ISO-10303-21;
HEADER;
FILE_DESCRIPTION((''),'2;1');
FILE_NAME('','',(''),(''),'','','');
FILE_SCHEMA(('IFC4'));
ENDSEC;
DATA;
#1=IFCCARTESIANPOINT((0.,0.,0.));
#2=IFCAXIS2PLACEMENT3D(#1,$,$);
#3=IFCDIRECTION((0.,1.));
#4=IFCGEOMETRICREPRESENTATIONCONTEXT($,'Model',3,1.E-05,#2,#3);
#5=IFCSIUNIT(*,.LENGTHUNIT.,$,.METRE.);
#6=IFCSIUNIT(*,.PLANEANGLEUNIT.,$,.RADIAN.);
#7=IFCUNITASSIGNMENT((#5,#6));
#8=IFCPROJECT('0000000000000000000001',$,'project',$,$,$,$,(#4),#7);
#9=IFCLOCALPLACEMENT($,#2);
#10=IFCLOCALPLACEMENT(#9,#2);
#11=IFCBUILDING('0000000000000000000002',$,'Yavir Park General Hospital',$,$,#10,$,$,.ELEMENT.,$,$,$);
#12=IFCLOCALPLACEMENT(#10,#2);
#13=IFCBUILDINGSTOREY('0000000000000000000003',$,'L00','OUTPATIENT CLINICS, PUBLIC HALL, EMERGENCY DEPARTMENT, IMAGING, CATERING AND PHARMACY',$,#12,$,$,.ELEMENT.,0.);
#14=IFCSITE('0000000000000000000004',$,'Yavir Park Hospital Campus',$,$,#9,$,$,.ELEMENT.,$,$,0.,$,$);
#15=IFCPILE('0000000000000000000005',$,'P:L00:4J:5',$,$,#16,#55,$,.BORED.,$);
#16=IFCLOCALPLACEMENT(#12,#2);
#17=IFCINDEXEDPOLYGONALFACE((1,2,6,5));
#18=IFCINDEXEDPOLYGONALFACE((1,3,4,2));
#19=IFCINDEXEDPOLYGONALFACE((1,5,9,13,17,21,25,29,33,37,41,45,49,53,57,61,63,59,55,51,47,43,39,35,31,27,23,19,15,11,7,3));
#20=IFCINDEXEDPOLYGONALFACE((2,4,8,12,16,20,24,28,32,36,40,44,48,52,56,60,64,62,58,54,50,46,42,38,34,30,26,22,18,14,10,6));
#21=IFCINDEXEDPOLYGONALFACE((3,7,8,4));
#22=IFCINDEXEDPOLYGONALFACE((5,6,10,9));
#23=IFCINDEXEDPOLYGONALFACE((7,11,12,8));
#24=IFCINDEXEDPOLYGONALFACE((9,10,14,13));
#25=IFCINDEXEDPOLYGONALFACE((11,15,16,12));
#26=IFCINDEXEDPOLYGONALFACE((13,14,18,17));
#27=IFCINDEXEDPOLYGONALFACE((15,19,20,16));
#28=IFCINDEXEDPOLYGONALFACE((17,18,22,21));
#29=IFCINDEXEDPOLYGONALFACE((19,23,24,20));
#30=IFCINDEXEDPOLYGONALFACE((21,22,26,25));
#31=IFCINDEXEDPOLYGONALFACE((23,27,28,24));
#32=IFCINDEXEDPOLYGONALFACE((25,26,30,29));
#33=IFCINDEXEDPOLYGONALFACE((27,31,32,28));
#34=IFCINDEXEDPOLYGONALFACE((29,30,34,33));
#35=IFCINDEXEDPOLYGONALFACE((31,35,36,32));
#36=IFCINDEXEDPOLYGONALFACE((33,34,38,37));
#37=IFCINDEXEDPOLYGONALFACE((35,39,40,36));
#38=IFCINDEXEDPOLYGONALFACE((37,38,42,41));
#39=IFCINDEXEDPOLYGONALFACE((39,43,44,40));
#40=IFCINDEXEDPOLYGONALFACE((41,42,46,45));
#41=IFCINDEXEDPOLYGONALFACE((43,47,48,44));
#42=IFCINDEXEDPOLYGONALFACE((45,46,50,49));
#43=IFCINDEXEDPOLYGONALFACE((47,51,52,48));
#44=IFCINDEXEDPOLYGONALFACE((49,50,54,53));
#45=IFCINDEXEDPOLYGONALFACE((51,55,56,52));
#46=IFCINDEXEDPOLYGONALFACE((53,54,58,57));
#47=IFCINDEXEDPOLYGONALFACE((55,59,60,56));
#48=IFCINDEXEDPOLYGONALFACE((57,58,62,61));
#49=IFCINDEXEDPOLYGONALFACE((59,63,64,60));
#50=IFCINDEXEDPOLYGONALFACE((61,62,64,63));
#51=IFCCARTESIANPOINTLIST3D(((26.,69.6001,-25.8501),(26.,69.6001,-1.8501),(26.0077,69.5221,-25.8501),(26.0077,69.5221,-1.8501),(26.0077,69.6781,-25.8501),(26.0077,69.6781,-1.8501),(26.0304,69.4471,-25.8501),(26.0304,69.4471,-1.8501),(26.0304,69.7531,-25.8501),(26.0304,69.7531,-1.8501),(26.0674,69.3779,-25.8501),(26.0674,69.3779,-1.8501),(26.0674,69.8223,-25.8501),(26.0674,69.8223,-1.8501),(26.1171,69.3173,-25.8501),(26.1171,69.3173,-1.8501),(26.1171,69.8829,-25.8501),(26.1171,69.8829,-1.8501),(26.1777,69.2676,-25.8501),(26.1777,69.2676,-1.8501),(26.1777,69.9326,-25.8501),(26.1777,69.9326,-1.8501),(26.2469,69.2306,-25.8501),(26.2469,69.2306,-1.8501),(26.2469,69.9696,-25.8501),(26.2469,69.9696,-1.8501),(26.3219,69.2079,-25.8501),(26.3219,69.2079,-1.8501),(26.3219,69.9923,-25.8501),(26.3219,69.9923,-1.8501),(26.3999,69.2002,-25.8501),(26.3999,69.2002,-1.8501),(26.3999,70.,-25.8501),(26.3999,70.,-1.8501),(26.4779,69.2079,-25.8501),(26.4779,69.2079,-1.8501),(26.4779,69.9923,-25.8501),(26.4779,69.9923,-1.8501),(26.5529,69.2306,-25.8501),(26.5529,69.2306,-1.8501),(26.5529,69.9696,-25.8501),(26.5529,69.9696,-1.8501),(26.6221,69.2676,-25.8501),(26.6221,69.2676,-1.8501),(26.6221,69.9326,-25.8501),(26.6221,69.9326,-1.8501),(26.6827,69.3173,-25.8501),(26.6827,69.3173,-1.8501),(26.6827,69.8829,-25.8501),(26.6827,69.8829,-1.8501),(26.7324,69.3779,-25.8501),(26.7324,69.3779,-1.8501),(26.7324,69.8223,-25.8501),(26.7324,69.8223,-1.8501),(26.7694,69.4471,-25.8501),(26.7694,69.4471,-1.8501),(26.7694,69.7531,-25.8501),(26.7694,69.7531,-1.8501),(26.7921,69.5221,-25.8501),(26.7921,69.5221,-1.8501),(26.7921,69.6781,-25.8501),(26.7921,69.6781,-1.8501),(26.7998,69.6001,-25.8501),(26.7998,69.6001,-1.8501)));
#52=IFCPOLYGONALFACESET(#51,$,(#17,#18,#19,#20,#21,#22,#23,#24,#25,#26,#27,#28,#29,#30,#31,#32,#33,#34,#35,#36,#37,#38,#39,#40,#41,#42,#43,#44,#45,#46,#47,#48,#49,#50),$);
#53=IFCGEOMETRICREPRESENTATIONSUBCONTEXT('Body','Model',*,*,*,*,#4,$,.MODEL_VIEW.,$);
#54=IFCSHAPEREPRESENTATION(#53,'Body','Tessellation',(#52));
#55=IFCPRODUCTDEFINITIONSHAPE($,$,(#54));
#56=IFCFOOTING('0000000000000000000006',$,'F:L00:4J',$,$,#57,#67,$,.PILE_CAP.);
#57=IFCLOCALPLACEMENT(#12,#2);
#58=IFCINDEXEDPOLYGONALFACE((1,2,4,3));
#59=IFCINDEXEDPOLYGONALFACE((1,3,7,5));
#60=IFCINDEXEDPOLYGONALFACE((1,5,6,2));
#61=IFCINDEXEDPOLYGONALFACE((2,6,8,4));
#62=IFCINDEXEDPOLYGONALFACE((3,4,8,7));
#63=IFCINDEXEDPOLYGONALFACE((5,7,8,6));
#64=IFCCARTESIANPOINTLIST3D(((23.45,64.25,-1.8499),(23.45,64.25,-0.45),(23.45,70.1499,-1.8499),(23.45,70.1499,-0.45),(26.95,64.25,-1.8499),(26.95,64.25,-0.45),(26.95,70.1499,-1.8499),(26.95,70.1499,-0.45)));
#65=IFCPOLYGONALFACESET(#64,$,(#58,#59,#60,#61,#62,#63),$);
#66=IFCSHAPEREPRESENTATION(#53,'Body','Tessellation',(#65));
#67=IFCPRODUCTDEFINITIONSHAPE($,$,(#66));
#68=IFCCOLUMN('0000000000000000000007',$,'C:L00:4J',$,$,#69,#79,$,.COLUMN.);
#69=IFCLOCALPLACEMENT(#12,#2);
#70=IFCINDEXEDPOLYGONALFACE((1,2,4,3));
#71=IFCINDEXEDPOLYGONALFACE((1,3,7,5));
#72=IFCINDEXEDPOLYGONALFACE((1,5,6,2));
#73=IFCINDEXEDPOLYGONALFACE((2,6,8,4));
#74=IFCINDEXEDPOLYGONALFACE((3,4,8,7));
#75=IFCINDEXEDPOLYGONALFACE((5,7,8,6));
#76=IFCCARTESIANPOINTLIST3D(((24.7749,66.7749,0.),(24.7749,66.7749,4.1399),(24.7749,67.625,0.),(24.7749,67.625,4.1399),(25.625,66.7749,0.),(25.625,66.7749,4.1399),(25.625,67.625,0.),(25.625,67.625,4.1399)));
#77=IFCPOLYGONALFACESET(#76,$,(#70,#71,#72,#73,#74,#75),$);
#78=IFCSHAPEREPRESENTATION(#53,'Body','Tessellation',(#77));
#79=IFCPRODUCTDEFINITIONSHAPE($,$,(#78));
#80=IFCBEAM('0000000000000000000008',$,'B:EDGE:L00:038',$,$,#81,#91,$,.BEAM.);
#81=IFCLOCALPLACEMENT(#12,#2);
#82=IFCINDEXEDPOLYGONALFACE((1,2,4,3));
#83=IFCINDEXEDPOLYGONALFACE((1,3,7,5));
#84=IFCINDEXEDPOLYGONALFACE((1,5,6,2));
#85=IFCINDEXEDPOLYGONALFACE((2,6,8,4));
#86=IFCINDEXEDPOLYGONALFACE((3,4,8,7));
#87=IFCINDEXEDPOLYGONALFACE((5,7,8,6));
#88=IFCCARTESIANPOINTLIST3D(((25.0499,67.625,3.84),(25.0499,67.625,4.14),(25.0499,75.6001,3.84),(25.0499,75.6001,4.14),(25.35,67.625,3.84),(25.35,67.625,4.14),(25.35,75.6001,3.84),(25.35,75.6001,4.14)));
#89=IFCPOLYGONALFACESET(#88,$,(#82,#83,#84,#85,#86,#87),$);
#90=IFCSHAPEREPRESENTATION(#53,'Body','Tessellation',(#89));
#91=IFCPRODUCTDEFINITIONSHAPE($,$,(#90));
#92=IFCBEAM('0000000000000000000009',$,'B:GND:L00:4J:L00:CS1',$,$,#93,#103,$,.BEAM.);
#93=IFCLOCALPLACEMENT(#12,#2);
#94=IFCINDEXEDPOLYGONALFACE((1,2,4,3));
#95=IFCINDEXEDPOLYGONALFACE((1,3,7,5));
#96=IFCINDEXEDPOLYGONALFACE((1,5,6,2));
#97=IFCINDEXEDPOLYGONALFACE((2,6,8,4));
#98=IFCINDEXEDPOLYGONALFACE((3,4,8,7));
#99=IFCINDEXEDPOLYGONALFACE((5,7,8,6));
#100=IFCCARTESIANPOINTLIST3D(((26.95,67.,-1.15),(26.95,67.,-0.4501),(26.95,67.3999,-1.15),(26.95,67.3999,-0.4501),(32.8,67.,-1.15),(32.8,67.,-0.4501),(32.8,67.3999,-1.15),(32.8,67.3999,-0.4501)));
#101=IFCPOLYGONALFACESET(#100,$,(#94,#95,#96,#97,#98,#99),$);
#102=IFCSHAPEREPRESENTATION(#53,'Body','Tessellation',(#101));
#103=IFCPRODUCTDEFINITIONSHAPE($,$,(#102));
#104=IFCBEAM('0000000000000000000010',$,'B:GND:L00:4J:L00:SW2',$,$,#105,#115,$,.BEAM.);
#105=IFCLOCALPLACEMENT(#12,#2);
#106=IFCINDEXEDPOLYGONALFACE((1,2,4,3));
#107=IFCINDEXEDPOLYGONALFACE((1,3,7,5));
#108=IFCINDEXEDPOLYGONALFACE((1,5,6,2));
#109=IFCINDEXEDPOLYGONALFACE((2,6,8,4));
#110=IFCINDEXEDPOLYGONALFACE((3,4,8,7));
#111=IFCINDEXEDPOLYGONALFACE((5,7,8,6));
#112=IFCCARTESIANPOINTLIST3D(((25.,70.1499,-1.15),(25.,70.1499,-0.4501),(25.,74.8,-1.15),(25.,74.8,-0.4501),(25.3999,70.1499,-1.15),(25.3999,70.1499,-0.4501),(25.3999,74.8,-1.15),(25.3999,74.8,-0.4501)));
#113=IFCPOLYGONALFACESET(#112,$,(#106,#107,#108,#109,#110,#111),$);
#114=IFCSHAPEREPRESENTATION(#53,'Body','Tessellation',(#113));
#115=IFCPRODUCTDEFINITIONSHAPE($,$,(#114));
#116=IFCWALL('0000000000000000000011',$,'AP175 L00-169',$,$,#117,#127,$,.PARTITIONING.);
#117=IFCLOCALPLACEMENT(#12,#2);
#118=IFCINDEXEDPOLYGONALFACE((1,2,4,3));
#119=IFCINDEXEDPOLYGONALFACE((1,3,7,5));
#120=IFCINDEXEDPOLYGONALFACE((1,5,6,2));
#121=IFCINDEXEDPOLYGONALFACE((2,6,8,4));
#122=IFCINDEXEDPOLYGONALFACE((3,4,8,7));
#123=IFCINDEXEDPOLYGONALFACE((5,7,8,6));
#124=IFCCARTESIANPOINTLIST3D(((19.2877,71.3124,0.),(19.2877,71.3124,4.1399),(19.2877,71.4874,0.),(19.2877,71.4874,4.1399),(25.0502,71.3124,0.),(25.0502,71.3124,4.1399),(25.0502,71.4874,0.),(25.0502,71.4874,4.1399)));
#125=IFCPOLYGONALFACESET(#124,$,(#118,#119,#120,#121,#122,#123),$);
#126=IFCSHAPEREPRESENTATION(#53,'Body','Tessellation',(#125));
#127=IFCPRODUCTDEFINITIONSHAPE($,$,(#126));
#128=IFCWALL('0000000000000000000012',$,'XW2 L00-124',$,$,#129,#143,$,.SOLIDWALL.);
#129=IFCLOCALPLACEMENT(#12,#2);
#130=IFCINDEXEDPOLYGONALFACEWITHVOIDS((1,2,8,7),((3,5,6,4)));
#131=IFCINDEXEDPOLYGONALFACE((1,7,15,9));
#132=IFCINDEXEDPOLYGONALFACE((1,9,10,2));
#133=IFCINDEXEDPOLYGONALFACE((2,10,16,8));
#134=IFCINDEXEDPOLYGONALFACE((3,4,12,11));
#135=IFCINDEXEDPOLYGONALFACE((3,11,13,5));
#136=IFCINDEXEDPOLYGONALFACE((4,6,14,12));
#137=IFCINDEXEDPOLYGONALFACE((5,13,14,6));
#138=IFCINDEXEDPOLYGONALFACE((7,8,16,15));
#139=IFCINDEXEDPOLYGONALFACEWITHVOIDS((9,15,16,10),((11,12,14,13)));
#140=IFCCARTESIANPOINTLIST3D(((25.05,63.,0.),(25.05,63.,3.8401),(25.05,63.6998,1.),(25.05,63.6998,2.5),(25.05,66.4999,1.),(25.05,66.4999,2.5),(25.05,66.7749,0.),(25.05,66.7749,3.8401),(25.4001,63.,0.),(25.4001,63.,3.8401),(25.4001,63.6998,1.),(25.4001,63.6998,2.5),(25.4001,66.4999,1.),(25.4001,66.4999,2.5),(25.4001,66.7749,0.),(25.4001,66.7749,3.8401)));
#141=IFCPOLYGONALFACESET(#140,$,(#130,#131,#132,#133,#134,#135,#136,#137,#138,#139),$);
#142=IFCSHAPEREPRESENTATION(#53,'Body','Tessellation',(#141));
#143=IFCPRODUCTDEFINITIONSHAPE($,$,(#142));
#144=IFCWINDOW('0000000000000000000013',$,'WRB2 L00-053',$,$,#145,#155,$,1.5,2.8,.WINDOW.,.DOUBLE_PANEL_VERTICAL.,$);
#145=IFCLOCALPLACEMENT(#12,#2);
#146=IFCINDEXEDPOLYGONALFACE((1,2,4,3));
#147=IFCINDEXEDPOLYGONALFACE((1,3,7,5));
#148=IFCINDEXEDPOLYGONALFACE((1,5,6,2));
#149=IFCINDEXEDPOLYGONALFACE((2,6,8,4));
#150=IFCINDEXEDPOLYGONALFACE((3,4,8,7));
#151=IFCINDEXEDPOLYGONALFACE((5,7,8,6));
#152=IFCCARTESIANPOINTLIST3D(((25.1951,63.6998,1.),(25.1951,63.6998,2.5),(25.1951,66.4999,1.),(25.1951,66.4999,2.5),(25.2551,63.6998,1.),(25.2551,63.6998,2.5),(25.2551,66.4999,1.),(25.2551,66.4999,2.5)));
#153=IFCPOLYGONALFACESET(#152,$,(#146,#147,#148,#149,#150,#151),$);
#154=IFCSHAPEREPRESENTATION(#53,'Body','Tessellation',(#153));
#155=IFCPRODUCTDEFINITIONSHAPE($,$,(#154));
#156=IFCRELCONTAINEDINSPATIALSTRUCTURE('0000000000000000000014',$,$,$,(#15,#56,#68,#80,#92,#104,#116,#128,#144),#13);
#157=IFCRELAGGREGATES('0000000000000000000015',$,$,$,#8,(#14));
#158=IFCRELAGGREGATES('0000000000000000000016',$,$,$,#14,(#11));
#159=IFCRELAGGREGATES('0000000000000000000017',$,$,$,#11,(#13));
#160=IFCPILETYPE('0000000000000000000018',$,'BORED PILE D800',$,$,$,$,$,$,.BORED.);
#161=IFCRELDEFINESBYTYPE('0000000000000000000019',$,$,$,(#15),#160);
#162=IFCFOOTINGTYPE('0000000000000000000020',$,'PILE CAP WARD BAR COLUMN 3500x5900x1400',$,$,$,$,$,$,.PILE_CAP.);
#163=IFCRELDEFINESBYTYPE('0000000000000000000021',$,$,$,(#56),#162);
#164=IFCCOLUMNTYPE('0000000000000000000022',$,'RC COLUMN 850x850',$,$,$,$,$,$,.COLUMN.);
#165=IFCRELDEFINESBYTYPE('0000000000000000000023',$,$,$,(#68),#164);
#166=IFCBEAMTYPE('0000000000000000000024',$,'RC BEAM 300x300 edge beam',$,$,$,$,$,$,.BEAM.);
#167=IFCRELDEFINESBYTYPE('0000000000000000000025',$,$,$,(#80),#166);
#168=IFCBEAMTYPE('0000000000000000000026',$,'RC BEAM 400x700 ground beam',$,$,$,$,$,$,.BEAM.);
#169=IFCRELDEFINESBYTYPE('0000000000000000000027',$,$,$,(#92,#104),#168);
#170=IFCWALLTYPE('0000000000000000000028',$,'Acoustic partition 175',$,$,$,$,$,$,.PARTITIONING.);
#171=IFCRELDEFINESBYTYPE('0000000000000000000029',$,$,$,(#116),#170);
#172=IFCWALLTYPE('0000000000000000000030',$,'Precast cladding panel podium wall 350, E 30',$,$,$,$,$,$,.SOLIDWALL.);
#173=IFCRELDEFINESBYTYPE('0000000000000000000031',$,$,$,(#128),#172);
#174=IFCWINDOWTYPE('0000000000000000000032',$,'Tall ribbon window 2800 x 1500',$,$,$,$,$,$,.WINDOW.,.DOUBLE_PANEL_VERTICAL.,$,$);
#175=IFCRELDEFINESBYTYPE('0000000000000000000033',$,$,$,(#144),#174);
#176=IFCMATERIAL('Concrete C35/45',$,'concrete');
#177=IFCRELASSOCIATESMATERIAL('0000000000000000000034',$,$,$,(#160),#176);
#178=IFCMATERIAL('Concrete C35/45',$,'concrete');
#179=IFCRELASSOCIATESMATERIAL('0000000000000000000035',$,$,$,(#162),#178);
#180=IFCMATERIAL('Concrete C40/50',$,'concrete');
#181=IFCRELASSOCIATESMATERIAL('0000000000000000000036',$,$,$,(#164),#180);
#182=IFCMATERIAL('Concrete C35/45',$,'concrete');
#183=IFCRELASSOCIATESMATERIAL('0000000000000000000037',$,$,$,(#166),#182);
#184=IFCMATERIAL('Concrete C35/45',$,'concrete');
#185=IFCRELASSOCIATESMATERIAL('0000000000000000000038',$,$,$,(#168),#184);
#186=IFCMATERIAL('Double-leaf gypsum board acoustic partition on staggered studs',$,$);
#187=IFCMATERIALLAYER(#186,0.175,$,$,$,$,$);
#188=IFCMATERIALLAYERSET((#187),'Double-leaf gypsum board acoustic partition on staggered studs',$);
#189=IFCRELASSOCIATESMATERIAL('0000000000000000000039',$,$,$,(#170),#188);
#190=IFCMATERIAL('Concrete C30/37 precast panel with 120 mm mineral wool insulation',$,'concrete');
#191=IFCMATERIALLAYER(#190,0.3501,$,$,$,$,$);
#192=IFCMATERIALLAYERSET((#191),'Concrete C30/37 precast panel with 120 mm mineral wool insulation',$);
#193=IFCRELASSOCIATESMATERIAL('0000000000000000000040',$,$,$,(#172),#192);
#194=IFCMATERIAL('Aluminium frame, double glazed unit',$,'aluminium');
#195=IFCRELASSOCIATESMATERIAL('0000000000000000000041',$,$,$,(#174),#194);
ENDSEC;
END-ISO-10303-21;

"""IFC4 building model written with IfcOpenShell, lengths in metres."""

from ifc_helpers import new_model, si_unit, direction, frame, frame_2d, origin, origin_2d, place, context, subcontext, project, spatial, rectangle, circle, extrude, material, layer, layer_set, material_profile, profile_set, type_object, element, fill, save


model = new_model("IFC4")

# Units and contexts
model_context = context("Model", 3, precision=1e-05, world=origin(), true_north=direction((0.0, 1.0)))
body_context = subcontext(model_context, "Body", "Model", "MODEL_VIEW")
ifc_project = project(units=[si_unit("LENGTHUNIT", "METRE"), si_unit("PLANEANGLEUNIT", "RADIAN")], contexts=[model_context])

# Site, building, storey
site_placement = place(None, origin())
site = spatial("IfcSite", under=ifc_project, at=site_placement, Name="Yavir Park Hospital Campus", CompositionType="ELEMENT", RefElevation=0.0)
building_placement = place(site_placement, origin())
building = spatial("IfcBuilding", under=site, at=building_placement, Name="Yavir Park General Hospital", CompositionType="ELEMENT")
storey_placement = place(building_placement, origin())
storey = spatial("IfcBuildingStorey", under=building, at=storey_placement, Name="L00", Description="OUTPATIENT CLINICS, PUBLIC HALL, EMERGENCY DEPARTMENT, IMAGING, CATERING AND PHARMACY", CompositionType="ELEMENT", Elevation=0.0)

# Pile
ifc_material_1 = material(Name="Concrete C35/45", Category="concrete")
ifc_material_profile_1 = material_profile(ifc_material_1, circle(Radius=0.3999, at=origin_2d()), Name="D800")
ifc_profile_set_1 = profile_set([ifc_material_profile_1], Name="Concrete C35/45")
pile_type = type_object("IfcPileType", Name="BORED PILE D800", PredefinedType="BORED", material=ifc_profile_set_1)
for number, where, z_axis, x_axis, name in (
    (1, (26.3999, 69.6001, -1.8501), (0.0, 0.0, -1.0), (1.0, 0.0, 0.0), "P:L00:4J:5"),
):
    element("IfcPile", number, at=place(storey_placement, frame(where, z_axis=z_axis, x_axis=x_axis)), inside=storey, type_object=pile_type, Name=name, PredefinedType="BORED", context=body_context, shape_type="SweptSolid", body=[
        extrude(circle(Radius=0.3999, at=origin_2d()), origin(), (0.0, 0.0, 1.0), 24.0),
    ])

# Footing
ifc_material_2 = material(Name="Concrete C35/45", Category="concrete")
footing_type = type_object("IfcFootingType", Name="PILE CAP WARD BAR COLUMN 3500x5900x1400", PredefinedType="PILE_CAP", material=ifc_material_2)
footing_placement = place(storey_placement, frame((25.2, 67.2, -1.8499), z_axis=(0.0, 0.0, 1.0), x_axis=(1.0, 0.0, 0.0)))
element("IfcFooting", 2, at=footing_placement, inside=storey, type_object=footing_type, Name="F:L00:4J", PredefinedType="PILE_CAP", context=body_context, shape_type="SweptSolid", body=[
    extrude(rectangle(XDim=3.5, YDim=5.8999, at=origin_2d()), origin(), (0.0, 0.0, 1.0), 1.3999),
])

# Column
ifc_material_3 = material(Name="Concrete C40/50", Category="concrete")
ifc_material_profile_2 = material_profile(ifc_material_3, rectangle(XDim=0.8501, YDim=0.8501, at=origin_2d()), Name="RC850x850")
ifc_profile_set_2 = profile_set([ifc_material_profile_2], Name="Concrete C40/50")
column_type = type_object("IfcColumnType", Name="RC COLUMN 850x850", PredefinedType="COLUMN", material=ifc_profile_set_2)
column_placement = place(storey_placement, frame((25.2, 67.2, 0.0), z_axis=(0.0, 0.0, 1.0), x_axis=(1.0, 0.0, 0.0)))
element("IfcColumn", 3, at=column_placement, inside=storey, type_object=column_type, Name="C:L00:4J", PredefinedType="COLUMN", context=body_context, shape_type="SweptSolid", body=[
    extrude(rectangle(XDim=0.8501, YDim=0.8501, at=origin_2d()), origin(), (0.0, 0.0, 1.0), 4.1399),
])

# Beams
ifc_material_4 = material(Name="Concrete C35/45", Category="concrete")
ifc_material_profile_3 = material_profile(ifc_material_4, rectangle(XDim=0.3, YDim=0.3, at=origin_2d()), Name="RC300x300")
ifc_profile_set_3 = profile_set([ifc_material_profile_3], Name="Concrete C35/45")
beam_type_1 = type_object("IfcBeamType", Name="RC BEAM 300x300 edge beam", PredefinedType="BEAM", material=ifc_profile_set_3)
beam_1_placement = place(storey_placement, frame((25.2, 67.625, 3.99), z_axis=(0.0, 1.0, 0.0), x_axis=(-1.0, 0.0, 0.0)))
element("IfcBeam", 4, at=beam_1_placement, inside=storey, type_object=beam_type_1, Name="B:EDGE:L00:038", PredefinedType="BEAM", context=body_context, shape_type="SweptSolid", body=[
    extrude(rectangle(XDim=0.3, YDim=0.3, at=origin_2d()), origin(), (0.0, 0.0, 1.0), 7.9751),
])
ifc_material_5 = material(Name="Concrete C35/45", Category="concrete")
ifc_material_profile_4 = material_profile(ifc_material_5, rectangle(XDim=0.3999, YDim=0.7, at=origin_2d()), Name="RC400x700")
ifc_profile_set_4 = profile_set([ifc_material_profile_4], Name="Concrete C35/45")
beam_type_2 = type_object("IfcBeamType", Name="RC BEAM 400x700 ground beam", PredefinedType="BEAM", material=ifc_profile_set_4)
beam_2_placement = place(storey_placement, frame((26.95, 67.2, -0.8), z_axis=(1.0, 0.0, 0.0), x_axis=(0.0, 1.0, 0.0)))
element("IfcBeam", 5, at=beam_2_placement, inside=storey, type_object=beam_type_2, Name="B:GND:L00:4J:L00:CS1", PredefinedType="BEAM", context=body_context, shape_type="SweptSolid", body=[
    extrude(rectangle(XDim=0.3999, YDim=0.7, at=origin_2d()), origin(), (0.0, 0.0, 1.0), 5.8501),
])
beam_3_placement = place(storey_placement, frame((25.2, 70.1499, -0.8), z_axis=(0.0, 1.0, 0.0), x_axis=(-1.0, 0.0, 0.0)))
element("IfcBeam", 6, at=beam_3_placement, inside=storey, type_object=beam_type_2, Name="B:GND:L00:4J:L00:SW2", PredefinedType="BEAM", context=body_context, shape_type="SweptSolid", body=[
    extrude(rectangle(XDim=0.3999, YDim=0.7, at=origin_2d()), origin(), (0.0, 0.0, 1.0), 4.6501),
])

# Wall
ifc_material_6 = material(Name="Double-leaf gypsum board acoustic partition on staggered studs")
ifc_layer_1 = layer(ifc_material_6, 0.175)
ifc_layer_set_1 = layer_set([ifc_layer_1], Name="Double-leaf gypsum board acoustic partition on staggered studs")
wall_type_1 = type_object("IfcWallType", Name="Acoustic partition 175", PredefinedType="PARTITIONING", material=ifc_layer_set_1)
wall_1_placement = place(storey_placement, frame((19.2876, 71.3999, 0.0), z_axis=(0.0, 0.0, 1.0), x_axis=(1.0, 0.0, 0.0)))
element("IfcWall", 7, at=wall_1_placement, inside=storey, type_object=wall_type_1, Name="AP175 L00-169", PredefinedType="PARTITIONING", context=body_context, shape_type="SweptSolid", body=[
    extrude(rectangle(XDim=5.7625, YDim=0.175, at=frame_2d((2.8813, 0.0))), origin(), (0.0, 0.0, 1.0), 4.1399),
])

# Wall, opening, window
ifc_material_7 = material(Name="Concrete C30/37 precast panel with 120 mm mineral wool insulation", Category="concrete")
ifc_layer_2 = layer(ifc_material_7, 0.3501)
ifc_layer_set_2 = layer_set([ifc_layer_2], Name="Concrete C30/37 precast panel with 120 mm mineral wool insulation")
wall_type_2 = type_object("IfcWallType", Name="Precast cladding panel podium wall 350, E 30", PredefinedType="SOLIDWALL", material=ifc_layer_set_2)
wall_2_placement = place(storey_placement, frame((25.2251, 63.0, 0.0), z_axis=(0.0, 0.0, 1.0), x_axis=(0.0, 1.0, 0.0)))
wall_2 = element("IfcWall", 8, at=wall_2_placement, inside=storey, type_object=wall_type_2, Name="XW2 L00-124", PredefinedType="SOLIDWALL", context=body_context, shape_type="SweptSolid", body=[
    extrude(rectangle(XDim=3.7749, YDim=0.3501, at=frame_2d((1.8875, 0.0))), origin(), (0.0, 0.0, 1.0), 3.8401),
])
opening_1_placement = place(wall_2_placement, frame((0.7, 0.0, 1.0)))
opening_1 = element("IfcOpeningElement", 9, at=opening_1_placement, cuts=wall_2, PredefinedType="OPENING", context=body_context, shape_type="SweptSolid", body=[
    extrude(rectangle(XDim=2.8, YDim=1.5, at=frame_2d((1.3999, 0.75))), frame((0.0, 0.1851, 0.0), z_axis=(0.0, -1.0, 0.0), x_axis=(1.0, 0.0, 0.0)), (0.0, 0.0, 1.0), 0.3701),
])
ifc_material_8 = material(Name="Aluminium frame, double glazed unit", Category="aluminium")
window_type_1 = type_object("IfcWindowType", Name="Tall ribbon window 2800 x 1500", PartitioningType="DOUBLE_PANEL_VERTICAL", PredefinedType="WINDOW", material=ifc_material_8)
window_1_placement = place(opening_1_placement, origin())
window_1 = element("IfcWindow", 10, at=window_1_placement, inside=storey, type_object=window_type_1, Name="WRB2 L00-053", OverallHeight=1.5, OverallWidth=2.8, PartitioningType="DOUBLE_PANEL_VERTICAL", PredefinedType="WINDOW", context=body_context, shape_type="SweptSolid", body=[
    extrude(rectangle(XDim=2.8, YDim=1.5, at=frame_2d((1.3999, 0.75))), frame((0.0, 0.03, 0.0), z_axis=(0.0, -1.0, 0.0), x_axis=(1.0, 0.0, 0.0)), (0.0, 0.0, 1.0), 0.0601),
])
fill(opening_1, window_1)

save(model, "model.ifc")
